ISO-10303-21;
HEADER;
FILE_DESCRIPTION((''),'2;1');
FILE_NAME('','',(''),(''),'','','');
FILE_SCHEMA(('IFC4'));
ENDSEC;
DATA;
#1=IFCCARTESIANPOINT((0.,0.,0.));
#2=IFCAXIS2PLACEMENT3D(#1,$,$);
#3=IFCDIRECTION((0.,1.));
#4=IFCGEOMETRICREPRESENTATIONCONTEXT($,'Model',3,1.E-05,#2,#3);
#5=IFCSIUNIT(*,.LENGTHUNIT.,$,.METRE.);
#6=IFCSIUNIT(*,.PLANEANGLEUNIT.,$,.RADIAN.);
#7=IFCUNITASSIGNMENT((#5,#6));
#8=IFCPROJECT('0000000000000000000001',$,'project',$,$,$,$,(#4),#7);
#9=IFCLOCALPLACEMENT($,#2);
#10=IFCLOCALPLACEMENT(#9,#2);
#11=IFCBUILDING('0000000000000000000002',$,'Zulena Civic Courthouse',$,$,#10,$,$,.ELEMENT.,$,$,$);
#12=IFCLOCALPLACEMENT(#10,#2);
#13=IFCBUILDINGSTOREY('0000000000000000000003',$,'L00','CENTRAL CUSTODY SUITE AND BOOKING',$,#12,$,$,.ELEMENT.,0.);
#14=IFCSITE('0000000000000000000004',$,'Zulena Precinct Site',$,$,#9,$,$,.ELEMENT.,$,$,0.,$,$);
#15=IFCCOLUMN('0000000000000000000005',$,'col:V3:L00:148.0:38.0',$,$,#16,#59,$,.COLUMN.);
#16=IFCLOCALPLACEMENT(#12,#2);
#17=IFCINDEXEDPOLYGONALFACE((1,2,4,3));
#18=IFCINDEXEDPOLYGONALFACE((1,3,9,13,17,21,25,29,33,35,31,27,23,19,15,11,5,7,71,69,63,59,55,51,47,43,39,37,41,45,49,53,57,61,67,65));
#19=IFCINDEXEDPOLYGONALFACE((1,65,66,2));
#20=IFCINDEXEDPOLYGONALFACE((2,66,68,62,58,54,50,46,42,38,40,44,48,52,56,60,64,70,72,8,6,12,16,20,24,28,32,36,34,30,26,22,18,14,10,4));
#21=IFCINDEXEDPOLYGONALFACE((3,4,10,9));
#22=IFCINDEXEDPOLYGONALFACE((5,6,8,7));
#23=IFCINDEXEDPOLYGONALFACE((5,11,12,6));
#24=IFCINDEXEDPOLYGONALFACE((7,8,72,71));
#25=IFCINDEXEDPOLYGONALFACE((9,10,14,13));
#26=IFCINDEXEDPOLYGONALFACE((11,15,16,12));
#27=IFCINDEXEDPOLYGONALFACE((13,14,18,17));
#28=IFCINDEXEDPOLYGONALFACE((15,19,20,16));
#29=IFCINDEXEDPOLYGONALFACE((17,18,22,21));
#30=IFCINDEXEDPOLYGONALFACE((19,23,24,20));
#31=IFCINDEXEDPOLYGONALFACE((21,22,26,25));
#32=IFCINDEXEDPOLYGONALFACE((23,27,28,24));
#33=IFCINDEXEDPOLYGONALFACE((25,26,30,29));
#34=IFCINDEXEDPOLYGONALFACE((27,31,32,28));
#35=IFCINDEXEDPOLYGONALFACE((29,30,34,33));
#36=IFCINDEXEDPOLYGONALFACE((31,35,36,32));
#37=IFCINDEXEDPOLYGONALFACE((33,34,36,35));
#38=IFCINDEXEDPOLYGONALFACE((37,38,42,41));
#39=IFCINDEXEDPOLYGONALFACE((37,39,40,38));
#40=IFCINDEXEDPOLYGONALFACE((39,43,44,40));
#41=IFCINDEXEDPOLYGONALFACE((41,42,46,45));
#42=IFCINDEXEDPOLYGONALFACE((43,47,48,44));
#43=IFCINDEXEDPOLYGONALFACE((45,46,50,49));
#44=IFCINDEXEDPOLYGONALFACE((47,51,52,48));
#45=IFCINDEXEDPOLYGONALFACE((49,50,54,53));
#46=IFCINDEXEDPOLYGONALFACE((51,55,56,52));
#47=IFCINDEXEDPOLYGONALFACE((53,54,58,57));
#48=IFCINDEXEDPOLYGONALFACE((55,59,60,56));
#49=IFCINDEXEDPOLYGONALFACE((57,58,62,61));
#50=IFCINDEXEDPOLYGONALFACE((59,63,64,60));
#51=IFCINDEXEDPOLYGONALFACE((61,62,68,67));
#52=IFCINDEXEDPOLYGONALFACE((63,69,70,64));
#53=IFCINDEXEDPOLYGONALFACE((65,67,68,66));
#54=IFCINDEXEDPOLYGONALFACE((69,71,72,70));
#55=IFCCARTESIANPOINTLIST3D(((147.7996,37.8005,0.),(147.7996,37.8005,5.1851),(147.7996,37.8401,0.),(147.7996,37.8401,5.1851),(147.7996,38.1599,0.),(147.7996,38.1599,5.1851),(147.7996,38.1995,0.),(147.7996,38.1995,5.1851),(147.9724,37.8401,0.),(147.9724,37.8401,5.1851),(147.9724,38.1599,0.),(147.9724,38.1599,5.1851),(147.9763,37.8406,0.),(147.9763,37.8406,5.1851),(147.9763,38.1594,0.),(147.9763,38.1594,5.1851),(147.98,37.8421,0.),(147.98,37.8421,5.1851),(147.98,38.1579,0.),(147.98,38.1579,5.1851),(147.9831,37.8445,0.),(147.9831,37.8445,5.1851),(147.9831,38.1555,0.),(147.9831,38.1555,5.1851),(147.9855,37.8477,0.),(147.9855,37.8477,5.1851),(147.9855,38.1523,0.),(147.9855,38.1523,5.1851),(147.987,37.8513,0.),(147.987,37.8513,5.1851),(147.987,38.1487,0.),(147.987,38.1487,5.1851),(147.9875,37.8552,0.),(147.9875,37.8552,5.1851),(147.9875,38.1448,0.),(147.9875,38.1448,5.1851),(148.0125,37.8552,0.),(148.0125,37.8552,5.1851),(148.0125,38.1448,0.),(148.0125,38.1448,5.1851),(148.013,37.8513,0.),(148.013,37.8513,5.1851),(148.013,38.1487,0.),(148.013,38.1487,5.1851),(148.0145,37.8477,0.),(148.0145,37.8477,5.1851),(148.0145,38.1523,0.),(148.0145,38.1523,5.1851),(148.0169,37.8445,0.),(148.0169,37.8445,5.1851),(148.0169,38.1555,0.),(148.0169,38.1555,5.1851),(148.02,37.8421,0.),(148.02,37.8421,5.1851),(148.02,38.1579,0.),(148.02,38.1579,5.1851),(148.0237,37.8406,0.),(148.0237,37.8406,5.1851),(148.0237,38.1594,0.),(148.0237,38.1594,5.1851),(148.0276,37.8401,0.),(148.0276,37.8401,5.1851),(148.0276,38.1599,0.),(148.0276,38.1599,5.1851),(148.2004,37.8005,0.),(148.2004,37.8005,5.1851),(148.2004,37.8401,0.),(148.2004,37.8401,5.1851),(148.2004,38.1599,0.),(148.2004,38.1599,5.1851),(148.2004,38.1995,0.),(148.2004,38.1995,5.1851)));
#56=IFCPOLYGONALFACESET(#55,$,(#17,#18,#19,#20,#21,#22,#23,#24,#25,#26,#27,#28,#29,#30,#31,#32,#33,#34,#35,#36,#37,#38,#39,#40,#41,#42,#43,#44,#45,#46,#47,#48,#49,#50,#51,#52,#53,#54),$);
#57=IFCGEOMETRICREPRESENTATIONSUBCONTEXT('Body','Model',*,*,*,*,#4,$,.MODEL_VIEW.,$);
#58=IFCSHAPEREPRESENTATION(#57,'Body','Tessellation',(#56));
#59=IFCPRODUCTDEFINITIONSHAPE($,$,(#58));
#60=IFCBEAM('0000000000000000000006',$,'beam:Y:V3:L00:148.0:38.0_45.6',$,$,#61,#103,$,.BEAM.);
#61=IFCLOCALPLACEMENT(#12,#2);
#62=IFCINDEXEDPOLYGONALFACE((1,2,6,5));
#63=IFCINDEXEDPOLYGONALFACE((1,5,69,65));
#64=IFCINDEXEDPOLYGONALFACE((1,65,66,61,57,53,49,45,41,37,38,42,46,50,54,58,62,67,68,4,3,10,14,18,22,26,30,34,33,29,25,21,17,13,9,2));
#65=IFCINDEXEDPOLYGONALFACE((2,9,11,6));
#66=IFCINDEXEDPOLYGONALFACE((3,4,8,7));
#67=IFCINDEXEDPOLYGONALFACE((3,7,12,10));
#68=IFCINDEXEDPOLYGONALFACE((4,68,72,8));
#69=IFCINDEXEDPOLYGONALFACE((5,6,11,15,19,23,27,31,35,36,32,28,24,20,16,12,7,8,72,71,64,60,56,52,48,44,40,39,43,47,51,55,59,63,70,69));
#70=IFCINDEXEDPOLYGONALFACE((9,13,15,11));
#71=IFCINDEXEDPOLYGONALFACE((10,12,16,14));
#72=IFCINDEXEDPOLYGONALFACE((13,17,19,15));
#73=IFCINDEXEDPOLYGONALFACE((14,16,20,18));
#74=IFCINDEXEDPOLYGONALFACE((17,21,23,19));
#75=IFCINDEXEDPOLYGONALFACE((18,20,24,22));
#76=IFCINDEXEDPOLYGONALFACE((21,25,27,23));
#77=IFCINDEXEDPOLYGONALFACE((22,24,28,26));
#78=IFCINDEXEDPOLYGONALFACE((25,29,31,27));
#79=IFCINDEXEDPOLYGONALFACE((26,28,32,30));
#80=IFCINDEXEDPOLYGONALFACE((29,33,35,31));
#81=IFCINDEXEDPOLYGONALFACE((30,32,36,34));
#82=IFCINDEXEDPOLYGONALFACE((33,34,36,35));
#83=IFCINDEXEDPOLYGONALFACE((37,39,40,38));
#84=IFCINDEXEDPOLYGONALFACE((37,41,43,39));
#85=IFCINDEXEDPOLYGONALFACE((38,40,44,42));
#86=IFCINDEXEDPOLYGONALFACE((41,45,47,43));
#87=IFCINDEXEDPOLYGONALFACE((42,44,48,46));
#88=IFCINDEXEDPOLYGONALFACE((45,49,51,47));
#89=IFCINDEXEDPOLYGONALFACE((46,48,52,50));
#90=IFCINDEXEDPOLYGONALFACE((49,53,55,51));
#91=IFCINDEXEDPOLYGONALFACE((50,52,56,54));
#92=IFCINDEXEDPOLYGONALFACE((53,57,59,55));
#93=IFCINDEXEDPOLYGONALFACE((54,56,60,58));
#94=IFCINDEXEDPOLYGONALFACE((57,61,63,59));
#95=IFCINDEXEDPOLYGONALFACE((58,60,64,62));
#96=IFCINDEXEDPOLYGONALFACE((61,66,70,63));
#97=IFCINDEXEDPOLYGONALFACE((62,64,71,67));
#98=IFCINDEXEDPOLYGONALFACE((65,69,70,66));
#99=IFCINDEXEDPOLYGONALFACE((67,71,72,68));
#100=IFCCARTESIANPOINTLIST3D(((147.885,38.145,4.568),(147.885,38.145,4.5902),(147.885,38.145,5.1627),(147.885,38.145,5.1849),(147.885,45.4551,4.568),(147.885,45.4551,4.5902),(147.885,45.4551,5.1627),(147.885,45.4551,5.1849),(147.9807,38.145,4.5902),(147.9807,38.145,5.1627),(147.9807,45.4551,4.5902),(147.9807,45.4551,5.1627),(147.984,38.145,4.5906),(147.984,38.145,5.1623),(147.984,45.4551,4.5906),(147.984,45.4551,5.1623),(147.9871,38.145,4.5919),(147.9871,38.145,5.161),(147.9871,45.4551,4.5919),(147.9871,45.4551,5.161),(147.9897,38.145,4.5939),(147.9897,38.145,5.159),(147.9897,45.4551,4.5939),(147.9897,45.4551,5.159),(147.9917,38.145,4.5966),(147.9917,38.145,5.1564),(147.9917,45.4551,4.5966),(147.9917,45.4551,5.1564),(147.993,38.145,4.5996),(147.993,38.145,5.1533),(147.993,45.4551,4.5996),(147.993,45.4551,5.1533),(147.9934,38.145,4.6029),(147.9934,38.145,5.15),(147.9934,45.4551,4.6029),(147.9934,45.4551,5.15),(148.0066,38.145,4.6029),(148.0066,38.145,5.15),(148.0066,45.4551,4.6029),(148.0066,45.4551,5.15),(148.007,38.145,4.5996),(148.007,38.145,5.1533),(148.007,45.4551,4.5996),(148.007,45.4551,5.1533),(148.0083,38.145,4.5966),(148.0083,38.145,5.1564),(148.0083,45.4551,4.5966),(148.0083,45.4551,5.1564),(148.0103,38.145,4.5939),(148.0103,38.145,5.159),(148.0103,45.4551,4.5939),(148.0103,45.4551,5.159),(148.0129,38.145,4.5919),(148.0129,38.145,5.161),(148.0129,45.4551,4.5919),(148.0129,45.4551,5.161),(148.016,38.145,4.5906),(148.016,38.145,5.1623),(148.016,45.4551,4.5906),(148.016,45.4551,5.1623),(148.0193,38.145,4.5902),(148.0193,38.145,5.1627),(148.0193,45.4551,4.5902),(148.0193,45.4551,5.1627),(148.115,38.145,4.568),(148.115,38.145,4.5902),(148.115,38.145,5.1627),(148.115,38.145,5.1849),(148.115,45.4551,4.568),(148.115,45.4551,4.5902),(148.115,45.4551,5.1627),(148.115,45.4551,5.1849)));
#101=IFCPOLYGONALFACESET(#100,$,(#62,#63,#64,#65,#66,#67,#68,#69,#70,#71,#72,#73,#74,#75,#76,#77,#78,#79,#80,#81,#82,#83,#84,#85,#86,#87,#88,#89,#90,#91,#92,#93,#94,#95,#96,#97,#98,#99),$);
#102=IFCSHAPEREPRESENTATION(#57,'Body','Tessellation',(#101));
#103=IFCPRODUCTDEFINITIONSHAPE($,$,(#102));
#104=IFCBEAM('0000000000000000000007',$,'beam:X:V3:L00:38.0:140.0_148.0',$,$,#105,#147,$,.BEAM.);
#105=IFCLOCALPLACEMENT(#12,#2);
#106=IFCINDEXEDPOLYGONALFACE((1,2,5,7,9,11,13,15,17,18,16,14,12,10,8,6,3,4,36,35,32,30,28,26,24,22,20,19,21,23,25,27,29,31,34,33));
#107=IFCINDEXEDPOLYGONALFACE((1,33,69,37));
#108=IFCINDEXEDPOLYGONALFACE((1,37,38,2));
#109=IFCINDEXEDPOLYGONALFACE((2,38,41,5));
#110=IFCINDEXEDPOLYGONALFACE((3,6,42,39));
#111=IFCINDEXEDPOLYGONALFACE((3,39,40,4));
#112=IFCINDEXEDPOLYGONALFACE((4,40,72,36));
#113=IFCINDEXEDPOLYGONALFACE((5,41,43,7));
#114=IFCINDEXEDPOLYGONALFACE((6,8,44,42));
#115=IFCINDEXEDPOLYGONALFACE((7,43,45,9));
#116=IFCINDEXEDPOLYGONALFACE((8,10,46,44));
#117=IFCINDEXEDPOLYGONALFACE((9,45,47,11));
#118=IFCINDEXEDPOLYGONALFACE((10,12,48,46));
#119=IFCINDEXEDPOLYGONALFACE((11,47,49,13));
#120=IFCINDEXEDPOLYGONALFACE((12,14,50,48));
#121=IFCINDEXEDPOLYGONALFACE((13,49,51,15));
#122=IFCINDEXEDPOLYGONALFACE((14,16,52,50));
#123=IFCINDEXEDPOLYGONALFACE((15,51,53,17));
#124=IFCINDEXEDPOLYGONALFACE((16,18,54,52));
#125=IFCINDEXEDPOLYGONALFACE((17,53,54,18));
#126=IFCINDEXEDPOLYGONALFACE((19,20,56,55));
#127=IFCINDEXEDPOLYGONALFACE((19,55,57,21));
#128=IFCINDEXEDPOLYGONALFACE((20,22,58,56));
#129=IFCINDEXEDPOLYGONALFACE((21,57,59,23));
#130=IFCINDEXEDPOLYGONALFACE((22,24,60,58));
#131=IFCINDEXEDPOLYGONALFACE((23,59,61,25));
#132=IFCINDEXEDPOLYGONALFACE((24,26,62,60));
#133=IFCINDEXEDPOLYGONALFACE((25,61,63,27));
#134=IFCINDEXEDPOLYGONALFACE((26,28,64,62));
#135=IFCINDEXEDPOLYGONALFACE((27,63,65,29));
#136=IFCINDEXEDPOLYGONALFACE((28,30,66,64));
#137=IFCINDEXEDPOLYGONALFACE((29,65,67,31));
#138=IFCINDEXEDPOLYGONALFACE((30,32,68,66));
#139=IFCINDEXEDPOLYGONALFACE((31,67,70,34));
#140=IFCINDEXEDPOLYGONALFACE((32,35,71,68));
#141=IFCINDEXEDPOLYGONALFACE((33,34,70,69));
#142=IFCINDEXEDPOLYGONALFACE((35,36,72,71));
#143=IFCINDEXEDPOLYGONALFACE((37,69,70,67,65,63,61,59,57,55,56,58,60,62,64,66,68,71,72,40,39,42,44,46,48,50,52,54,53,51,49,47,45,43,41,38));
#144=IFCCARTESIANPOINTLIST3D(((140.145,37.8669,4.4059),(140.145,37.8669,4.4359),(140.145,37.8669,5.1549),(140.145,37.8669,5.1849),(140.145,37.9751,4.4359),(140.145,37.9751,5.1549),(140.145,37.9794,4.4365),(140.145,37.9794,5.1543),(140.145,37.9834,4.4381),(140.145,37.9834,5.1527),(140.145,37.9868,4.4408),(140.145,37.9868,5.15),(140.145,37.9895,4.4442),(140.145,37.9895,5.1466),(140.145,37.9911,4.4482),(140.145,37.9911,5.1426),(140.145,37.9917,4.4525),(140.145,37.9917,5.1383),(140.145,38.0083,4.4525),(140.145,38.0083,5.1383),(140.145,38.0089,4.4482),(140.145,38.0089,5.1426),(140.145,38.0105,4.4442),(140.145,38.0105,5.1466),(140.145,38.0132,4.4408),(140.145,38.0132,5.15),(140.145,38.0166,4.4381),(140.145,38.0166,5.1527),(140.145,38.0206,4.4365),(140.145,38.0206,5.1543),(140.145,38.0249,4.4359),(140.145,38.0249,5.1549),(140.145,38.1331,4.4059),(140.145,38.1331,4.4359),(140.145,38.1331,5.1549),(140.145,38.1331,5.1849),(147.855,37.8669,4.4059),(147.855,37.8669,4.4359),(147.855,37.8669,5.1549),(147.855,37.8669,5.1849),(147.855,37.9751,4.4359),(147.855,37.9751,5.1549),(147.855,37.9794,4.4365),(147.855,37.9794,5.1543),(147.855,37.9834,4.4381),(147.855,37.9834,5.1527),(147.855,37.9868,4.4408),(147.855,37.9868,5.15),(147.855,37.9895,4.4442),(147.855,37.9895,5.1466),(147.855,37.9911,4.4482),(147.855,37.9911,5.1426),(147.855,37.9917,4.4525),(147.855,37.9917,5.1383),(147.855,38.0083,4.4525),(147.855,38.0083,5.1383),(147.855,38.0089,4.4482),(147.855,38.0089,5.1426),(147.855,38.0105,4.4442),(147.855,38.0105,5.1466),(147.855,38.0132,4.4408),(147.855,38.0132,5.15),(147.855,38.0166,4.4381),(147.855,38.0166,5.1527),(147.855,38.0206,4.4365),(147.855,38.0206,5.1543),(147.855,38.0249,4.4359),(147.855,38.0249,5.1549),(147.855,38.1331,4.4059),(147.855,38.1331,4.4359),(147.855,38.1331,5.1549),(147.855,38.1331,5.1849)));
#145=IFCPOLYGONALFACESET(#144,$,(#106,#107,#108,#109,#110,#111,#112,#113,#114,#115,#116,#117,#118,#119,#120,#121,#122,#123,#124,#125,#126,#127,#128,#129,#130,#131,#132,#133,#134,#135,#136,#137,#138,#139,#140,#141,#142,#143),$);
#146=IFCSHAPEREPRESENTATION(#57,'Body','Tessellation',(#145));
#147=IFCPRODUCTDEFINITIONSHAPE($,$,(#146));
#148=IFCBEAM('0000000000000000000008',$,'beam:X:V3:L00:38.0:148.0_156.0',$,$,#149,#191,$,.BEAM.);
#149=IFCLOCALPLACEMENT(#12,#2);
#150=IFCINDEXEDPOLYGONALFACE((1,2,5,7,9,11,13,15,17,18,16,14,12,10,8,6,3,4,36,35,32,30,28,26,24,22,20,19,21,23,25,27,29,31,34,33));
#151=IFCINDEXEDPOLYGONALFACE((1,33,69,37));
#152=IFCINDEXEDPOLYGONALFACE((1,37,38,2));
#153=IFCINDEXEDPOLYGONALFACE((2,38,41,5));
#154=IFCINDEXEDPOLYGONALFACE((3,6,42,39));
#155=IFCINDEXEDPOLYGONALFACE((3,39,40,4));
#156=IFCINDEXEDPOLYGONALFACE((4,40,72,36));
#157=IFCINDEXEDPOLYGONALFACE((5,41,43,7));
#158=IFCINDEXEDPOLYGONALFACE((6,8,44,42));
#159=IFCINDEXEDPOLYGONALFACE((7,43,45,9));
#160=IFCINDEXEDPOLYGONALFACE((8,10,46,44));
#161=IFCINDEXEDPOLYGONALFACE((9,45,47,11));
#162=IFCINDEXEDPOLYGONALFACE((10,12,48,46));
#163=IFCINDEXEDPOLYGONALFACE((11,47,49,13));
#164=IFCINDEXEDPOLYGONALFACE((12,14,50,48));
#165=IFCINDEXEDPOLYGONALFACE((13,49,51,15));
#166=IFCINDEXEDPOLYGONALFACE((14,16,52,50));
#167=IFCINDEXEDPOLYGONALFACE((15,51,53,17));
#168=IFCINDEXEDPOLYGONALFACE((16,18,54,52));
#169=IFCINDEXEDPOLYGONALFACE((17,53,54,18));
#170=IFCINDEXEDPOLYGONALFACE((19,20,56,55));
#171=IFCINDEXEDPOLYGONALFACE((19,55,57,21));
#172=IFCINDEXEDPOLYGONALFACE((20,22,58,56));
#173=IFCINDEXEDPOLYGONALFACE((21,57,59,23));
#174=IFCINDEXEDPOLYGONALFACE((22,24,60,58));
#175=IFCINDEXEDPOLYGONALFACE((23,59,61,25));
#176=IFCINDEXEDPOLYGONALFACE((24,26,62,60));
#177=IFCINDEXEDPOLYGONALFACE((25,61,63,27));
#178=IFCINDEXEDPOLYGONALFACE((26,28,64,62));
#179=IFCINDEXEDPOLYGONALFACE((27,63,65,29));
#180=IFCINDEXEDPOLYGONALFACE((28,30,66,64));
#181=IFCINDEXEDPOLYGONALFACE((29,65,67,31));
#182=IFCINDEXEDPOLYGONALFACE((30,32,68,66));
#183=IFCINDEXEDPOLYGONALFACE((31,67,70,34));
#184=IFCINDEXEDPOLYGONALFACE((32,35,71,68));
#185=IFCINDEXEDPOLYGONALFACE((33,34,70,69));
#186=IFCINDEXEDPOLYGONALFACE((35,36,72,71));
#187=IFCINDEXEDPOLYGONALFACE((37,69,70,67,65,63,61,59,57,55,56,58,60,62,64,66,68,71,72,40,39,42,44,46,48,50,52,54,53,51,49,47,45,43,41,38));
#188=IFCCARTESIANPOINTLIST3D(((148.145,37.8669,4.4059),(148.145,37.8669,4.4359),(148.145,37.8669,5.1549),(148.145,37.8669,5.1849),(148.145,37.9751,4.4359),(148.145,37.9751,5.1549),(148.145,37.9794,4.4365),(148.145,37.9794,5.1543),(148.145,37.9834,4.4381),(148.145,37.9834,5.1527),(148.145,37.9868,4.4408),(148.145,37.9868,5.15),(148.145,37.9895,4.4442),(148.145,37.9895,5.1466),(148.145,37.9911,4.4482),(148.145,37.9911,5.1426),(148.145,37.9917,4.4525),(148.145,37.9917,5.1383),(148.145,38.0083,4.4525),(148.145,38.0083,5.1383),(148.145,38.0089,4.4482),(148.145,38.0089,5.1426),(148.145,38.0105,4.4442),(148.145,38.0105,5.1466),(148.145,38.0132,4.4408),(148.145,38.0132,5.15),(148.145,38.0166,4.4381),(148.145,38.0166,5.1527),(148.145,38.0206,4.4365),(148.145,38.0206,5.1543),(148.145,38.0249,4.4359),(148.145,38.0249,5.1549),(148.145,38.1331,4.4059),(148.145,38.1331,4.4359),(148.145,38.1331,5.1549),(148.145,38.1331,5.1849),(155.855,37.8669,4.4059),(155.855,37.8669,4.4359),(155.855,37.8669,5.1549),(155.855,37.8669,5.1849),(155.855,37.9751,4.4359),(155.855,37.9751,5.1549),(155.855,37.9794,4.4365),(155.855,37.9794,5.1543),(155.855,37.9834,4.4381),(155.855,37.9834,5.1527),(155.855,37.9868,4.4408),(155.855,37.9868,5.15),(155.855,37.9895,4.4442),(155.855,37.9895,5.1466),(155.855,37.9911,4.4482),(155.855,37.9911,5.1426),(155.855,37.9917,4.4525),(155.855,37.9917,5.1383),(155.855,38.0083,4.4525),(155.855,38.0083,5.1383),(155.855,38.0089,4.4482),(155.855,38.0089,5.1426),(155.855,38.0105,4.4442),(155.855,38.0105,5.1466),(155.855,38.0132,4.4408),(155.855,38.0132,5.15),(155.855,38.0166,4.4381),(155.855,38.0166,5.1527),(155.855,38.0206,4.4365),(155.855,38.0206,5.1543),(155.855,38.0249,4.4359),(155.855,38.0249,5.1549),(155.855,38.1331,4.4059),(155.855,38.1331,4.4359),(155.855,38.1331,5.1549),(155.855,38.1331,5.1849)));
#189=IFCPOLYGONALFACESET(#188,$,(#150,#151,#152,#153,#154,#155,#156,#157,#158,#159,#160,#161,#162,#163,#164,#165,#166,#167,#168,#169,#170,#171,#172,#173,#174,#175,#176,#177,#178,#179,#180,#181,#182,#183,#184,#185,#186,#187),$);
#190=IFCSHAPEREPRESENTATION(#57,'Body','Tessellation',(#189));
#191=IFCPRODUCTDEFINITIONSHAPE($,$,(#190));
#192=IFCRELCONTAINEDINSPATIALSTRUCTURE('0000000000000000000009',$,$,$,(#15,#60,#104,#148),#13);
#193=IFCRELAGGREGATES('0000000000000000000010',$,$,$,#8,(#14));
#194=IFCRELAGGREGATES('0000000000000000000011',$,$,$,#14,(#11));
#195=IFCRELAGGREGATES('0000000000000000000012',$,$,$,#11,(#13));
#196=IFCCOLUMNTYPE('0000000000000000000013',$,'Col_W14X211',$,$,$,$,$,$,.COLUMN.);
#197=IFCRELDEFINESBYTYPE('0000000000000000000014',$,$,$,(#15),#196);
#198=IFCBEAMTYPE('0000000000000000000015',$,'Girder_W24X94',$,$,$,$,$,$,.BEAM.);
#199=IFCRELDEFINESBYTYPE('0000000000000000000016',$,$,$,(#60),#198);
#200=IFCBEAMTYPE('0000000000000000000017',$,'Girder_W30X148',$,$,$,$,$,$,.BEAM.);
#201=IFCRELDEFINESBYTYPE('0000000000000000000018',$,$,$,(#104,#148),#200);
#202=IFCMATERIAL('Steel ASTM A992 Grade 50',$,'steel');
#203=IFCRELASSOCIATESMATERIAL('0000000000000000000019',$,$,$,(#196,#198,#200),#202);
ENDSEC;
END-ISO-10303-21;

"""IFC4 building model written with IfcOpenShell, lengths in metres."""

from ifc_helpers import new_model, si_unit, direction, frame, origin, origin_2d, place, context, subcontext, project, spatial, i_section, extrude, material, material_profile, profile_set, type_object, element, save


model = new_model("IFC4")

# Units and contexts
model_context = context("Model", 3, precision=1e-05, world=origin(), true_north=direction((0.0, 1.0)))
body_context = subcontext(model_context, "Body", "Model", "MODEL_VIEW")
ifc_project = project(units=[si_unit("LENGTHUNIT", "METRE"), si_unit("PLANEANGLEUNIT", "RADIAN")], contexts=[model_context])

# Site, building, storey
site_placement = place(None, origin())
site = spatial("IfcSite", under=ifc_project, at=site_placement, Name="Zulena Precinct Site", CompositionType="ELEMENT", RefElevation=0.0)
building_placement = place(site_placement, origin())
building = spatial("IfcBuilding", under=site, at=building_placement, Name="Zulena Civic Courthouse", CompositionType="ELEMENT")
storey_placement = place(building_placement, origin())
storey = spatial("IfcBuildingStorey", under=building, at=storey_placement, Name="L00", Description="CENTRAL CUSTODY SUITE AND BOOKING", CompositionType="ELEMENT", Elevation=0.0)

# Column
ifc_material_1 = material(Name="Steel ASTM A992 Grade 50", Category="steel")
ifc_material_profile_1 = material_profile(ifc_material_1, i_section(OverallWidth=0.4009, OverallDepth=0.3989, WebThickness=0.0249, FlangeThickness=0.0396, FilletRadius=0.0151, at=origin_2d()), Name="W14X211")
ifc_profile_set_1 = profile_set([ifc_material_profile_1], Name="Steel ASTM A992 Grade 50")
column_type = type_object("IfcColumnType", Name="Col_W14X211", PredefinedType="COLUMN", material=ifc_profile_set_1)
column_placement = place(storey_placement, frame((148.0, 38.0, 0.0), z_axis=(0.0, 0.0, 1.0), x_axis=(1.0, 0.0, 0.0)))
element("IfcColumn", 1, at=column_placement, inside=storey, type_object=column_type, Name="col:V3:L00:148.0:38.0", PredefinedType="COLUMN", context=body_context, shape_type="SweptSolid", body=[
    extrude(i_section(OverallWidth=0.4009, OverallDepth=0.3989, WebThickness=0.0249, FlangeThickness=0.0396, FilletRadius=0.0151, at=origin_2d()), origin(), (0.0, 0.0, 1.0), 5.1851),
])

# Beams
ifc_material_profile_2 = material_profile(ifc_material_1, i_section(OverallWidth=0.23, OverallDepth=0.6169, WebThickness=0.0132, FlangeThickness=0.0222, FilletRadius=0.0127, at=origin_2d()), Name="W24X94")
ifc_profile_set_2 = profile_set([ifc_material_profile_2], Name="Steel ASTM A992 Grade 50")
beam_type_1 = type_object("IfcBeamType", Name="Girder_W24X94", PredefinedType="BEAM", material=ifc_profile_set_2)
beam_1_placement = place(storey_placement, frame((148.0, 38.145, 4.8765), z_axis=(0.0, 1.0, 0.0), x_axis=(-1.0, 0.0, 0.0)))
element("IfcBeam", 2, at=beam_1_placement, inside=storey, type_object=beam_type_1, Name="beam:Y:V3:L00:148.0:38.0_45.6", PredefinedType="BEAM", context=body_context, shape_type="SweptSolid", body=[
    extrude(i_section(OverallWidth=0.23, OverallDepth=0.6169, WebThickness=0.0132, FlangeThickness=0.0222, FilletRadius=0.0127, at=origin_2d()), origin(), (0.0, 0.0, 1.0), 7.3101),
])
ifc_material_profile_3 = material_profile(ifc_material_1, i_section(OverallWidth=0.2661, OverallDepth=0.7791, WebThickness=0.0166, FlangeThickness=0.03, FilletRadius=0.0166, at=origin_2d()), Name="W30X148")
ifc_profile_set_3 = profile_set([ifc_material_profile_3], Name="Steel ASTM A992 Grade 50")
beam_type_2 = type_object("IfcBeamType", Name="Girder_W30X148", PredefinedType="BEAM", material=ifc_profile_set_3)
for number, where, z_axis, x_axis, name in (
    (3, (140.145, 38.0, 4.7954), (1.0, 0.0, 0.0), (0.0, 1.0, 0.0), "beam:X:V3:L00:38.0:140.0_148.0"),
    (4, (148.145, 38.0, 4.7954), (1.0, 0.0, 0.0), (0.0, 1.0, 0.0), "beam:X:V3:L00:38.0:148.0_156.0"),
):
    element("IfcBeam", number, at=place(storey_placement, frame(where, z_axis=z_axis, x_axis=x_axis)), inside=storey, type_object=beam_type_2, Name=name, PredefinedType="BEAM", context=body_context, shape_type="SweptSolid", body=[
        extrude(i_section(OverallWidth=0.2661, OverallDepth=0.7791, WebThickness=0.0166, FlangeThickness=0.03, FilletRadius=0.0166, at=origin_2d()), origin(), (0.0, 0.0, 1.0), 7.71),
    ])

save(model, "model.ifc")
